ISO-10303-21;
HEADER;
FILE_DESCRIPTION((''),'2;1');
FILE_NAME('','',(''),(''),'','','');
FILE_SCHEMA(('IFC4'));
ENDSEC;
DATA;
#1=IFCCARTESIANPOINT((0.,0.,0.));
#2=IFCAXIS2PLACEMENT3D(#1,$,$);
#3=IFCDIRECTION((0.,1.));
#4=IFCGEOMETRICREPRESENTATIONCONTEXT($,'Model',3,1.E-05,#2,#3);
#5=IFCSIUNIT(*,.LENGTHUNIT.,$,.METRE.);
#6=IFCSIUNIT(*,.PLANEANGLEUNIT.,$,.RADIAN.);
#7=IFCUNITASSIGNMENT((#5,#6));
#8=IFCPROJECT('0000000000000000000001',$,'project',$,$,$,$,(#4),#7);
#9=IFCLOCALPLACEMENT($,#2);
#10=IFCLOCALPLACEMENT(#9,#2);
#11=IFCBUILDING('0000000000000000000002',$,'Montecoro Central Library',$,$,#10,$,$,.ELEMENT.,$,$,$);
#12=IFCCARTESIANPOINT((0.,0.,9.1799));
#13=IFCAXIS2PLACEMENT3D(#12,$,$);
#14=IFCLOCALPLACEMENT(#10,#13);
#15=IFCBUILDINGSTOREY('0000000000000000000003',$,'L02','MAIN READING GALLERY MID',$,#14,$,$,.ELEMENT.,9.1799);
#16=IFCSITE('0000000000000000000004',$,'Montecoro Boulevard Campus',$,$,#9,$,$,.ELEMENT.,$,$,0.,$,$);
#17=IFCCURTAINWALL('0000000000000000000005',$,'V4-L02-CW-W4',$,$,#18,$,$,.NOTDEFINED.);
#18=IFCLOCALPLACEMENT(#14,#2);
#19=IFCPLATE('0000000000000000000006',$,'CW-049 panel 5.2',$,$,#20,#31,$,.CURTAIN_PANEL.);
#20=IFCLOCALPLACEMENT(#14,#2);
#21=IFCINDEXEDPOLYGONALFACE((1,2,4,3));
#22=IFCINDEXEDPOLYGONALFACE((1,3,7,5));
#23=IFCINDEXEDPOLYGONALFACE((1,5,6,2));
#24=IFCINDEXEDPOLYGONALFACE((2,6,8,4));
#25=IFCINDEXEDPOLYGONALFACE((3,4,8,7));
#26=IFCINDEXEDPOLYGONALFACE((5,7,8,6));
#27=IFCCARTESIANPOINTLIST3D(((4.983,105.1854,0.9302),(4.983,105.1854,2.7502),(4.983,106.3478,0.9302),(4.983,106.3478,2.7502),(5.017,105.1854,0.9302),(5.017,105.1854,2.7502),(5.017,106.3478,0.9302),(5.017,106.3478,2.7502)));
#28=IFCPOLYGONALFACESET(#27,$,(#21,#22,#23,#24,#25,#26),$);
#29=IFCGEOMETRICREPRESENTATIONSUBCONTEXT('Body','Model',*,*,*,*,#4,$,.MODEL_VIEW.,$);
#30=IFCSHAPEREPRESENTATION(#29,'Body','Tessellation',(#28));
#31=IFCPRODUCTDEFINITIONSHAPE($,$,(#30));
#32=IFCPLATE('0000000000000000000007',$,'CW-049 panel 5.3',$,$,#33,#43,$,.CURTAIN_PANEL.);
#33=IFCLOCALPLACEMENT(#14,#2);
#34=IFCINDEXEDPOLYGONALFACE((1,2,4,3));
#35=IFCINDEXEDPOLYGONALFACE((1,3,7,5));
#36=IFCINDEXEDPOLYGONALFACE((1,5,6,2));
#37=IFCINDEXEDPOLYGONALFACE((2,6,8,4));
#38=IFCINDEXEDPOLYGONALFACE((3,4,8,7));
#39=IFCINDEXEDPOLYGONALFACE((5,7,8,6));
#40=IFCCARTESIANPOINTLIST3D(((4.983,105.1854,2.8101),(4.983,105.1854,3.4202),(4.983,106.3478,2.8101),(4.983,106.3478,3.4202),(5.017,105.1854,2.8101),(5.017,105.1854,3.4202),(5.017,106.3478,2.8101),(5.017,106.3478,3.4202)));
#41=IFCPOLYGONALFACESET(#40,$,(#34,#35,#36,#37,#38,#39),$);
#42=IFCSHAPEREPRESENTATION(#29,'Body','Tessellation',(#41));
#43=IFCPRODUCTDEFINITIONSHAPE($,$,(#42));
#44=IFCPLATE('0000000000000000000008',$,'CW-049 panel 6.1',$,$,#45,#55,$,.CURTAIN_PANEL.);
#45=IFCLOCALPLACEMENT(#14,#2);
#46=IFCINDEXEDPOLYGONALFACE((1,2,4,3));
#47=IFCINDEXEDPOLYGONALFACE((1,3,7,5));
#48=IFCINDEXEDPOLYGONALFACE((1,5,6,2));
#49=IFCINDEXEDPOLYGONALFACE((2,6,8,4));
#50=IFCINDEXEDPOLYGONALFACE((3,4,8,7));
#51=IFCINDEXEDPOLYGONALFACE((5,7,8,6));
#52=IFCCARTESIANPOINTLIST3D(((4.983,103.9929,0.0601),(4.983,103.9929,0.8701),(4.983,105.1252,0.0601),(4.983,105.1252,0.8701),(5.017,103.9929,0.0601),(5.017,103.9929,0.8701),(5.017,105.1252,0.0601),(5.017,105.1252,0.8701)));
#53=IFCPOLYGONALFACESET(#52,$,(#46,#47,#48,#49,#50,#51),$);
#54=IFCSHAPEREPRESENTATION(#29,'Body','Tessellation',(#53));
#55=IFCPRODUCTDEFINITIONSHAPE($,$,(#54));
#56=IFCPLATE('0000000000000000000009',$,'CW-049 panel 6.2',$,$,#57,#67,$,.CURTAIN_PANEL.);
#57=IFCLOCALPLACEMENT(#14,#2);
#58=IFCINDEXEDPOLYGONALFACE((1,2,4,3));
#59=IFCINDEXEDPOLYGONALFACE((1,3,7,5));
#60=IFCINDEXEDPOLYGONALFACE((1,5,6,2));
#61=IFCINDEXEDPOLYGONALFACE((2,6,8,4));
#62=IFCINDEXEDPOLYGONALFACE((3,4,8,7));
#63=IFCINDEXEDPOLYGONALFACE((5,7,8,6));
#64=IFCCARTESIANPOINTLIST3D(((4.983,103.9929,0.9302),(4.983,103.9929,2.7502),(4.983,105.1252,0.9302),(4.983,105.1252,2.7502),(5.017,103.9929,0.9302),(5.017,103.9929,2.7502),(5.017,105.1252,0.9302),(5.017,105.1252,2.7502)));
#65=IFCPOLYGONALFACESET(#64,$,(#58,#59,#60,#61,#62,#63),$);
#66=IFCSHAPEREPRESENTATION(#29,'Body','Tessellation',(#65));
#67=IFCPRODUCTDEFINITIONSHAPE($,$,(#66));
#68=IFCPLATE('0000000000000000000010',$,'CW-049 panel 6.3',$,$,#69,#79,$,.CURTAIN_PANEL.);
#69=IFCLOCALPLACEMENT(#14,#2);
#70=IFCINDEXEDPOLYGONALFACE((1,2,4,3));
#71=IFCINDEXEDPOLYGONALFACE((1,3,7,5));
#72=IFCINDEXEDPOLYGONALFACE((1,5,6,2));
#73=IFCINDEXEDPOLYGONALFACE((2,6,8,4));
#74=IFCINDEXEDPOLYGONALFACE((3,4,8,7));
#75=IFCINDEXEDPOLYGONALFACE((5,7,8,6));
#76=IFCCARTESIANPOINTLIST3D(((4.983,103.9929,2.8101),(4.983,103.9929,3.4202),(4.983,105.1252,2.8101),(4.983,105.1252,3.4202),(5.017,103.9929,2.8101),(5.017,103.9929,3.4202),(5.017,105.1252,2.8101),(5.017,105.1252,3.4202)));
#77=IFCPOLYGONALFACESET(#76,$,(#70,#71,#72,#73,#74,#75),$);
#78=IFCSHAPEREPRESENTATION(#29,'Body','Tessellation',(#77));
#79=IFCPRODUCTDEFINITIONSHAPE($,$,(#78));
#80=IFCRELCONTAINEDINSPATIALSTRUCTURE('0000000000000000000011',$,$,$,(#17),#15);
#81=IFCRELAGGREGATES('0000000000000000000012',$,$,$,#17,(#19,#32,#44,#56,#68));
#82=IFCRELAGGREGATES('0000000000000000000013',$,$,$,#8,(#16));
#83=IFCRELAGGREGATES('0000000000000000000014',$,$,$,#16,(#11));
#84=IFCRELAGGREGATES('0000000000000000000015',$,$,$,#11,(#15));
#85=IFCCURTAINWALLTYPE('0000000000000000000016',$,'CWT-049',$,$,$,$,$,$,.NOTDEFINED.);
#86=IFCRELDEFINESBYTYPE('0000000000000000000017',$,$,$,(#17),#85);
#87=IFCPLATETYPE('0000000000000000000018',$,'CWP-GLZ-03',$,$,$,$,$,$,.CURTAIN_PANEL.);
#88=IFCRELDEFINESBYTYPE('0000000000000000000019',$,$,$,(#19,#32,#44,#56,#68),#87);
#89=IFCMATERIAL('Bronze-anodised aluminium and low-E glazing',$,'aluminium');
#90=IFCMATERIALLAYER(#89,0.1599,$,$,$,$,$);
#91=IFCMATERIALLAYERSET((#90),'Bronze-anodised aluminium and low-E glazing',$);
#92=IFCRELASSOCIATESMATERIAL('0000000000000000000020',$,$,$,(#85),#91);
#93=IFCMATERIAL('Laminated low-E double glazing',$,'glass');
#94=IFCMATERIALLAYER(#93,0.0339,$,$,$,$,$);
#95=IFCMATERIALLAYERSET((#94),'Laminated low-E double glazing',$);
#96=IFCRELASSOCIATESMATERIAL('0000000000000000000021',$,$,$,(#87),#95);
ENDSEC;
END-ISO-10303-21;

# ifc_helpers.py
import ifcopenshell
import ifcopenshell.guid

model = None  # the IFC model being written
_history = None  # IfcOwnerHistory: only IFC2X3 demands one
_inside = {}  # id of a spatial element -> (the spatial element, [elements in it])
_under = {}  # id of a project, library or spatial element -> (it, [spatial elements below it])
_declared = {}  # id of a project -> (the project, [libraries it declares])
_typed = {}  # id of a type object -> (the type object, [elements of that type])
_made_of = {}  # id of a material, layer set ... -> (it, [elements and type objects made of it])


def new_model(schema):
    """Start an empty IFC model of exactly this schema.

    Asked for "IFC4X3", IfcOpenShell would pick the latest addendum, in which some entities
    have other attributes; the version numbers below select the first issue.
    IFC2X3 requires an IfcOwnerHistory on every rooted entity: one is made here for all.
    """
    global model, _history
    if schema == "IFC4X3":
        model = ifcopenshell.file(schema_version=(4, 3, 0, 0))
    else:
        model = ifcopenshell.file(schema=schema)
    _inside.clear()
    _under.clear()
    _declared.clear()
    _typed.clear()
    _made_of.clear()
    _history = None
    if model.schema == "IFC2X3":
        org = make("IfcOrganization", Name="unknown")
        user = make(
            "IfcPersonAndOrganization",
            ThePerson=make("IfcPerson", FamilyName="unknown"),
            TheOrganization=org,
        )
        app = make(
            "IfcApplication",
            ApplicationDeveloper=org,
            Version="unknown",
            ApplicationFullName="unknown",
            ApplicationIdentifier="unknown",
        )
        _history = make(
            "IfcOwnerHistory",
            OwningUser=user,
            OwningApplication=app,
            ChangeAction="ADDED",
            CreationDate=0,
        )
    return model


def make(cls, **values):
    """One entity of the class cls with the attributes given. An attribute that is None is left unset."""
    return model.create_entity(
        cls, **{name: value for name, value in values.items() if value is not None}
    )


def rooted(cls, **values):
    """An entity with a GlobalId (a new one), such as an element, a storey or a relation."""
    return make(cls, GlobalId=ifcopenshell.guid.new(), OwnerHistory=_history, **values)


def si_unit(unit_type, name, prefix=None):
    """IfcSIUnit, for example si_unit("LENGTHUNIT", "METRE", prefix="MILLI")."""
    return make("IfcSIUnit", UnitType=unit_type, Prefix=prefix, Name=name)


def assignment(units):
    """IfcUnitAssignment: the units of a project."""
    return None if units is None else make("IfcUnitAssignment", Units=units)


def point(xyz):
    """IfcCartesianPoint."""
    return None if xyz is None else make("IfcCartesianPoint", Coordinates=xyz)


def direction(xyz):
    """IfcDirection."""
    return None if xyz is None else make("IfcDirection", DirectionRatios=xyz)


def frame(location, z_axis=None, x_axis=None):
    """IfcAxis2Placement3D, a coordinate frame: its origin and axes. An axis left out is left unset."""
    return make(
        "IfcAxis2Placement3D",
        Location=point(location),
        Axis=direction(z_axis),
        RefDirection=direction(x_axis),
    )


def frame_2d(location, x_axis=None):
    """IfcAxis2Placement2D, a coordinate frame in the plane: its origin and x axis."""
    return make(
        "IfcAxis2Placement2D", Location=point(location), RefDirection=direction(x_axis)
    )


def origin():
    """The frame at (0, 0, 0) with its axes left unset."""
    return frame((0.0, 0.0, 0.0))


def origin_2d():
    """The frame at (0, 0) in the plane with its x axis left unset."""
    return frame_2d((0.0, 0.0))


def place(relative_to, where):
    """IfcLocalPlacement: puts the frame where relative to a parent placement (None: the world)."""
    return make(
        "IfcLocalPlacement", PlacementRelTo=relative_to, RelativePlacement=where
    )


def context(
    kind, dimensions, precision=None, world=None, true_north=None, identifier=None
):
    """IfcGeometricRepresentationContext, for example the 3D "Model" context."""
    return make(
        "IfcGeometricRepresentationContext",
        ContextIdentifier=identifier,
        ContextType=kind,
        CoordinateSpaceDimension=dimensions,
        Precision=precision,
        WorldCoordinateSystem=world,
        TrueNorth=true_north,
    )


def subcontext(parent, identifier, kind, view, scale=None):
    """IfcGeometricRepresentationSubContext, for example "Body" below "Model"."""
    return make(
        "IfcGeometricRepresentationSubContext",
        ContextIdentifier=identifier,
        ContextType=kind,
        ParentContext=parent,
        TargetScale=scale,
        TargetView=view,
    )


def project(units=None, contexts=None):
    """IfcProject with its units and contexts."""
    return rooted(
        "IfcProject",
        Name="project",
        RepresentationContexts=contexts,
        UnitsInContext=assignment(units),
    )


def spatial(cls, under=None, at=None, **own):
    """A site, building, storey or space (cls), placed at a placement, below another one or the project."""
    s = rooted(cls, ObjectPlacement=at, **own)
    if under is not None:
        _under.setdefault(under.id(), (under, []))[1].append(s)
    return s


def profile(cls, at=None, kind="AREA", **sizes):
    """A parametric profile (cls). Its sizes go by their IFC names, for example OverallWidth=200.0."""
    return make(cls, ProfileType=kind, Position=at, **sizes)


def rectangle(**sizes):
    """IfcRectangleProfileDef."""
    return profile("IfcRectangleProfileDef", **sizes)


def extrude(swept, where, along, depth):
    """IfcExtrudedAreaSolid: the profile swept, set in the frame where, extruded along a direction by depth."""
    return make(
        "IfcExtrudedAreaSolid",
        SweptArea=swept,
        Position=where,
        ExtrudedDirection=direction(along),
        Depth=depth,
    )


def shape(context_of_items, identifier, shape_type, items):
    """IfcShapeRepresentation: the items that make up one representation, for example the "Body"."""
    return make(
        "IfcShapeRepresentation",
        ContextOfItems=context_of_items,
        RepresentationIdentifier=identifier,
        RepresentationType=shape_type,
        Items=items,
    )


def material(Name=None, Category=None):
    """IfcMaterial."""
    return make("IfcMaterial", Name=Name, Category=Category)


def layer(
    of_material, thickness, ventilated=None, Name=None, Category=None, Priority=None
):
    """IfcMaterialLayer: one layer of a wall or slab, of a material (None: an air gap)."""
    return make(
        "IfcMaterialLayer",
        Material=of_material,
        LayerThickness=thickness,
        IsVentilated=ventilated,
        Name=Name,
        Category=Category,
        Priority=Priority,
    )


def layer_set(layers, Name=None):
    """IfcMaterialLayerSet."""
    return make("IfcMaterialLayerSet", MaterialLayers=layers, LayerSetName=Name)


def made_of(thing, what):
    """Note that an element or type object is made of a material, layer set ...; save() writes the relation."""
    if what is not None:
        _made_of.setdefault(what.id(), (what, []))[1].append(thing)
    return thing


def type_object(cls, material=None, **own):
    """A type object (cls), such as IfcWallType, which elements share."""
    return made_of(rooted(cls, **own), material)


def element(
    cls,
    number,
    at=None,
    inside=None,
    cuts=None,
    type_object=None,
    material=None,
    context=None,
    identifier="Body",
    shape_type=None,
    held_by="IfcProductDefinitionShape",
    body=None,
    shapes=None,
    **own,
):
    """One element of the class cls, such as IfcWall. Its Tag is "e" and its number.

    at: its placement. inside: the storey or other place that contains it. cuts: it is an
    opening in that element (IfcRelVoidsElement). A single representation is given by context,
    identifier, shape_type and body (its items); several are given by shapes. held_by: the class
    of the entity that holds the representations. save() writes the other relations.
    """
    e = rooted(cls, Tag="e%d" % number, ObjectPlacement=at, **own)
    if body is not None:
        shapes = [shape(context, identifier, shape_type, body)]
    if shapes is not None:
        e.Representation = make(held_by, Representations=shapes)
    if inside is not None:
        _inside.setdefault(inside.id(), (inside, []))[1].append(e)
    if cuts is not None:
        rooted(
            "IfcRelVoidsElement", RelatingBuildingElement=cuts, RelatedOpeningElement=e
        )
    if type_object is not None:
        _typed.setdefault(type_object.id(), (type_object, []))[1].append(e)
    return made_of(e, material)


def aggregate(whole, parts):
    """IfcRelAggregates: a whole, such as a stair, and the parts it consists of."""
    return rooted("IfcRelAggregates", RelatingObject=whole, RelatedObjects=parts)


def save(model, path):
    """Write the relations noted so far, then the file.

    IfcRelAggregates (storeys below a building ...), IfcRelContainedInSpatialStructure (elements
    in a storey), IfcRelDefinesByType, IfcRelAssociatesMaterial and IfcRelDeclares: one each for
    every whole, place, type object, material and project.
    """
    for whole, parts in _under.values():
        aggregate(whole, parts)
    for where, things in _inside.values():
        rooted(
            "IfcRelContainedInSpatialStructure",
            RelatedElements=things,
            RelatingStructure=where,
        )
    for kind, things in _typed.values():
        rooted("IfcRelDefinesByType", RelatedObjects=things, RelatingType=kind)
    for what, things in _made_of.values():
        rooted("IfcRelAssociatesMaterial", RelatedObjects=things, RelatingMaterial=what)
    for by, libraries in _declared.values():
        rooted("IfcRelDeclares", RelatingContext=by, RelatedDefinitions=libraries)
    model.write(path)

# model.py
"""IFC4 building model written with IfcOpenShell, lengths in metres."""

from ifc_helpers import new_model, si_unit, direction, frame, origin, origin_2d, place, context, subcontext, project, spatial, rectangle, extrude, material, layer, layer_set, type_object, element, aggregate, save


model = new_model("IFC4")

# Units and contexts
model_context = context("Model", 3, precision=1e-05, world=origin(), true_north=direction((0.0, 1.0)))
body_context = subcontext(model_context, "Body", "Model", "MODEL_VIEW")
ifc_project = project(units=[si_unit("LENGTHUNIT", "METRE"), si_unit("PLANEANGLEUNIT", "RADIAN")], contexts=[model_context])

# Site, building, storey
site_placement = place(None, origin())
site = spatial("IfcSite", under=ifc_project, at=site_placement, Name="Montecoro Boulevard Campus", CompositionType="ELEMENT", RefElevation=0.0)
building_placement = place(site_placement, origin())
building = spatial("IfcBuilding", under=site, at=building_placement, Name="Montecoro Central Library", CompositionType="ELEMENT")
storey_placement = place(building_placement, frame((0.0, 0.0, 9.1799)))
storey = spatial("IfcBuildingStorey", under=building, at=storey_placement, Name="L02", Description="MAIN READING GALLERY MID", CompositionType="ELEMENT", Elevation=9.1799)

# Curtain wall, plates
ifc_material_1 = material(Name="Bronze-anodised aluminium and low-E glazing", Category="aluminium")
ifc_layer_1 = layer(ifc_material_1, 0.1599)
ifc_layer_set_1 = layer_set([ifc_layer_1], Name="Bronze-anodised aluminium and low-E glazing")
curtain_wall_type = type_object("IfcCurtainWallType", Name="CWT-049", PredefinedType="NOTDEFINED", material=ifc_layer_set_1)
curtain_wall_placement = place(storey_placement, origin())
curtain_wall = element("IfcCurtainWall", 1, at=curtain_wall_placement, inside=storey, type_object=curtain_wall_type, Name="V4-L02-CW-W4", PredefinedType="NOTDEFINED")
ifc_material_2 = material(Name="Laminated low-E double glazing", Category="glass")
ifc_layer_2 = layer(ifc_material_2, 0.0339)
ifc_layer_set_2 = layer_set([ifc_layer_2], Name="Laminated low-E double glazing")
plate_type = type_object("IfcPlateType", Name="CWP-GLZ-03", PredefinedType="CURTAIN_PANEL", material=ifc_layer_set_2)
plate_1_placement = place(storey_placement, frame((5.0, 105.7666, 0.9302), z_axis=(0.0, 0.0, 1.0), x_axis=(0.0, -1.0, 0.0)))
plate_1 = element("IfcPlate", 2, at=plate_1_placement, type_object=plate_type, Name="CW-049 panel 5.2", PredefinedType="CURTAIN_PANEL", context=body_context, shape_type="SweptSolid", body=[
    extrude(rectangle(XDim=1.1624, YDim=0.0339, at=origin_2d()), origin(), (0.0, 0.0, 1.0), 1.8201),
])
plate_2_placement = place(storey_placement, frame((5.0, 105.7666, 2.8101), z_axis=(0.0, 0.0, 1.0), x_axis=(0.0, -1.0, 0.0)))
plate_2 = element("IfcPlate", 3, at=plate_2_placement, type_object=plate_type, Name="CW-049 panel 5.3", PredefinedType="CURTAIN_PANEL", context=body_context, shape_type="SweptSolid", body=[
    extrude(rectangle(XDim=1.1624, YDim=0.0339, at=origin_2d()), origin(), (0.0, 0.0, 1.0), 0.6101),
])
plate_3_placement = place(storey_placement, frame((5.0, 104.5591, 0.0601), z_axis=(0.0, 0.0, 1.0), x_axis=(0.0, -1.0, 0.0)))
plate_3 = element("IfcPlate", 4, at=plate_3_placement, type_object=plate_type, Name="CW-049 panel 6.1", PredefinedType="CURTAIN_PANEL", context=body_context, shape_type="SweptSolid", body=[
    extrude(rectangle(XDim=1.1323, YDim=0.0339, at=origin_2d()), origin(), (0.0, 0.0, 1.0), 0.8101),
])
plate_4_placement = place(storey_placement, frame((5.0, 104.5591, 0.9302), z_axis=(0.0, 0.0, 1.0), x_axis=(0.0, -1.0, 0.0)))
plate_4 = element("IfcPlate", 5, at=plate_4_placement, type_object=plate_type, Name="CW-049 panel 6.2", PredefinedType="CURTAIN_PANEL", context=body_context, shape_type="SweptSolid", body=[
    extrude(rectangle(XDim=1.1323, YDim=0.0339, at=origin_2d()), origin(), (0.0, 0.0, 1.0), 1.8201),
])
plate_5_placement = place(storey_placement, frame((5.0, 104.5591, 2.8101), z_axis=(0.0, 0.0, 1.0), x_axis=(0.0, -1.0, 0.0)))
plate_5 = element("IfcPlate", 6, at=plate_5_placement, type_object=plate_type, Name="CW-049 panel 6.3", PredefinedType="CURTAIN_PANEL", context=body_context, shape_type="SweptSolid", body=[
    extrude(rectangle(XDim=1.1323, YDim=0.0339, at=origin_2d()), origin(), (0.0, 0.0, 1.0), 0.6101),
])
aggregate(curtain_wall, [plate_1, plate_2, plate_3, plate_4, plate_5])

save(model, "model.ifc")
